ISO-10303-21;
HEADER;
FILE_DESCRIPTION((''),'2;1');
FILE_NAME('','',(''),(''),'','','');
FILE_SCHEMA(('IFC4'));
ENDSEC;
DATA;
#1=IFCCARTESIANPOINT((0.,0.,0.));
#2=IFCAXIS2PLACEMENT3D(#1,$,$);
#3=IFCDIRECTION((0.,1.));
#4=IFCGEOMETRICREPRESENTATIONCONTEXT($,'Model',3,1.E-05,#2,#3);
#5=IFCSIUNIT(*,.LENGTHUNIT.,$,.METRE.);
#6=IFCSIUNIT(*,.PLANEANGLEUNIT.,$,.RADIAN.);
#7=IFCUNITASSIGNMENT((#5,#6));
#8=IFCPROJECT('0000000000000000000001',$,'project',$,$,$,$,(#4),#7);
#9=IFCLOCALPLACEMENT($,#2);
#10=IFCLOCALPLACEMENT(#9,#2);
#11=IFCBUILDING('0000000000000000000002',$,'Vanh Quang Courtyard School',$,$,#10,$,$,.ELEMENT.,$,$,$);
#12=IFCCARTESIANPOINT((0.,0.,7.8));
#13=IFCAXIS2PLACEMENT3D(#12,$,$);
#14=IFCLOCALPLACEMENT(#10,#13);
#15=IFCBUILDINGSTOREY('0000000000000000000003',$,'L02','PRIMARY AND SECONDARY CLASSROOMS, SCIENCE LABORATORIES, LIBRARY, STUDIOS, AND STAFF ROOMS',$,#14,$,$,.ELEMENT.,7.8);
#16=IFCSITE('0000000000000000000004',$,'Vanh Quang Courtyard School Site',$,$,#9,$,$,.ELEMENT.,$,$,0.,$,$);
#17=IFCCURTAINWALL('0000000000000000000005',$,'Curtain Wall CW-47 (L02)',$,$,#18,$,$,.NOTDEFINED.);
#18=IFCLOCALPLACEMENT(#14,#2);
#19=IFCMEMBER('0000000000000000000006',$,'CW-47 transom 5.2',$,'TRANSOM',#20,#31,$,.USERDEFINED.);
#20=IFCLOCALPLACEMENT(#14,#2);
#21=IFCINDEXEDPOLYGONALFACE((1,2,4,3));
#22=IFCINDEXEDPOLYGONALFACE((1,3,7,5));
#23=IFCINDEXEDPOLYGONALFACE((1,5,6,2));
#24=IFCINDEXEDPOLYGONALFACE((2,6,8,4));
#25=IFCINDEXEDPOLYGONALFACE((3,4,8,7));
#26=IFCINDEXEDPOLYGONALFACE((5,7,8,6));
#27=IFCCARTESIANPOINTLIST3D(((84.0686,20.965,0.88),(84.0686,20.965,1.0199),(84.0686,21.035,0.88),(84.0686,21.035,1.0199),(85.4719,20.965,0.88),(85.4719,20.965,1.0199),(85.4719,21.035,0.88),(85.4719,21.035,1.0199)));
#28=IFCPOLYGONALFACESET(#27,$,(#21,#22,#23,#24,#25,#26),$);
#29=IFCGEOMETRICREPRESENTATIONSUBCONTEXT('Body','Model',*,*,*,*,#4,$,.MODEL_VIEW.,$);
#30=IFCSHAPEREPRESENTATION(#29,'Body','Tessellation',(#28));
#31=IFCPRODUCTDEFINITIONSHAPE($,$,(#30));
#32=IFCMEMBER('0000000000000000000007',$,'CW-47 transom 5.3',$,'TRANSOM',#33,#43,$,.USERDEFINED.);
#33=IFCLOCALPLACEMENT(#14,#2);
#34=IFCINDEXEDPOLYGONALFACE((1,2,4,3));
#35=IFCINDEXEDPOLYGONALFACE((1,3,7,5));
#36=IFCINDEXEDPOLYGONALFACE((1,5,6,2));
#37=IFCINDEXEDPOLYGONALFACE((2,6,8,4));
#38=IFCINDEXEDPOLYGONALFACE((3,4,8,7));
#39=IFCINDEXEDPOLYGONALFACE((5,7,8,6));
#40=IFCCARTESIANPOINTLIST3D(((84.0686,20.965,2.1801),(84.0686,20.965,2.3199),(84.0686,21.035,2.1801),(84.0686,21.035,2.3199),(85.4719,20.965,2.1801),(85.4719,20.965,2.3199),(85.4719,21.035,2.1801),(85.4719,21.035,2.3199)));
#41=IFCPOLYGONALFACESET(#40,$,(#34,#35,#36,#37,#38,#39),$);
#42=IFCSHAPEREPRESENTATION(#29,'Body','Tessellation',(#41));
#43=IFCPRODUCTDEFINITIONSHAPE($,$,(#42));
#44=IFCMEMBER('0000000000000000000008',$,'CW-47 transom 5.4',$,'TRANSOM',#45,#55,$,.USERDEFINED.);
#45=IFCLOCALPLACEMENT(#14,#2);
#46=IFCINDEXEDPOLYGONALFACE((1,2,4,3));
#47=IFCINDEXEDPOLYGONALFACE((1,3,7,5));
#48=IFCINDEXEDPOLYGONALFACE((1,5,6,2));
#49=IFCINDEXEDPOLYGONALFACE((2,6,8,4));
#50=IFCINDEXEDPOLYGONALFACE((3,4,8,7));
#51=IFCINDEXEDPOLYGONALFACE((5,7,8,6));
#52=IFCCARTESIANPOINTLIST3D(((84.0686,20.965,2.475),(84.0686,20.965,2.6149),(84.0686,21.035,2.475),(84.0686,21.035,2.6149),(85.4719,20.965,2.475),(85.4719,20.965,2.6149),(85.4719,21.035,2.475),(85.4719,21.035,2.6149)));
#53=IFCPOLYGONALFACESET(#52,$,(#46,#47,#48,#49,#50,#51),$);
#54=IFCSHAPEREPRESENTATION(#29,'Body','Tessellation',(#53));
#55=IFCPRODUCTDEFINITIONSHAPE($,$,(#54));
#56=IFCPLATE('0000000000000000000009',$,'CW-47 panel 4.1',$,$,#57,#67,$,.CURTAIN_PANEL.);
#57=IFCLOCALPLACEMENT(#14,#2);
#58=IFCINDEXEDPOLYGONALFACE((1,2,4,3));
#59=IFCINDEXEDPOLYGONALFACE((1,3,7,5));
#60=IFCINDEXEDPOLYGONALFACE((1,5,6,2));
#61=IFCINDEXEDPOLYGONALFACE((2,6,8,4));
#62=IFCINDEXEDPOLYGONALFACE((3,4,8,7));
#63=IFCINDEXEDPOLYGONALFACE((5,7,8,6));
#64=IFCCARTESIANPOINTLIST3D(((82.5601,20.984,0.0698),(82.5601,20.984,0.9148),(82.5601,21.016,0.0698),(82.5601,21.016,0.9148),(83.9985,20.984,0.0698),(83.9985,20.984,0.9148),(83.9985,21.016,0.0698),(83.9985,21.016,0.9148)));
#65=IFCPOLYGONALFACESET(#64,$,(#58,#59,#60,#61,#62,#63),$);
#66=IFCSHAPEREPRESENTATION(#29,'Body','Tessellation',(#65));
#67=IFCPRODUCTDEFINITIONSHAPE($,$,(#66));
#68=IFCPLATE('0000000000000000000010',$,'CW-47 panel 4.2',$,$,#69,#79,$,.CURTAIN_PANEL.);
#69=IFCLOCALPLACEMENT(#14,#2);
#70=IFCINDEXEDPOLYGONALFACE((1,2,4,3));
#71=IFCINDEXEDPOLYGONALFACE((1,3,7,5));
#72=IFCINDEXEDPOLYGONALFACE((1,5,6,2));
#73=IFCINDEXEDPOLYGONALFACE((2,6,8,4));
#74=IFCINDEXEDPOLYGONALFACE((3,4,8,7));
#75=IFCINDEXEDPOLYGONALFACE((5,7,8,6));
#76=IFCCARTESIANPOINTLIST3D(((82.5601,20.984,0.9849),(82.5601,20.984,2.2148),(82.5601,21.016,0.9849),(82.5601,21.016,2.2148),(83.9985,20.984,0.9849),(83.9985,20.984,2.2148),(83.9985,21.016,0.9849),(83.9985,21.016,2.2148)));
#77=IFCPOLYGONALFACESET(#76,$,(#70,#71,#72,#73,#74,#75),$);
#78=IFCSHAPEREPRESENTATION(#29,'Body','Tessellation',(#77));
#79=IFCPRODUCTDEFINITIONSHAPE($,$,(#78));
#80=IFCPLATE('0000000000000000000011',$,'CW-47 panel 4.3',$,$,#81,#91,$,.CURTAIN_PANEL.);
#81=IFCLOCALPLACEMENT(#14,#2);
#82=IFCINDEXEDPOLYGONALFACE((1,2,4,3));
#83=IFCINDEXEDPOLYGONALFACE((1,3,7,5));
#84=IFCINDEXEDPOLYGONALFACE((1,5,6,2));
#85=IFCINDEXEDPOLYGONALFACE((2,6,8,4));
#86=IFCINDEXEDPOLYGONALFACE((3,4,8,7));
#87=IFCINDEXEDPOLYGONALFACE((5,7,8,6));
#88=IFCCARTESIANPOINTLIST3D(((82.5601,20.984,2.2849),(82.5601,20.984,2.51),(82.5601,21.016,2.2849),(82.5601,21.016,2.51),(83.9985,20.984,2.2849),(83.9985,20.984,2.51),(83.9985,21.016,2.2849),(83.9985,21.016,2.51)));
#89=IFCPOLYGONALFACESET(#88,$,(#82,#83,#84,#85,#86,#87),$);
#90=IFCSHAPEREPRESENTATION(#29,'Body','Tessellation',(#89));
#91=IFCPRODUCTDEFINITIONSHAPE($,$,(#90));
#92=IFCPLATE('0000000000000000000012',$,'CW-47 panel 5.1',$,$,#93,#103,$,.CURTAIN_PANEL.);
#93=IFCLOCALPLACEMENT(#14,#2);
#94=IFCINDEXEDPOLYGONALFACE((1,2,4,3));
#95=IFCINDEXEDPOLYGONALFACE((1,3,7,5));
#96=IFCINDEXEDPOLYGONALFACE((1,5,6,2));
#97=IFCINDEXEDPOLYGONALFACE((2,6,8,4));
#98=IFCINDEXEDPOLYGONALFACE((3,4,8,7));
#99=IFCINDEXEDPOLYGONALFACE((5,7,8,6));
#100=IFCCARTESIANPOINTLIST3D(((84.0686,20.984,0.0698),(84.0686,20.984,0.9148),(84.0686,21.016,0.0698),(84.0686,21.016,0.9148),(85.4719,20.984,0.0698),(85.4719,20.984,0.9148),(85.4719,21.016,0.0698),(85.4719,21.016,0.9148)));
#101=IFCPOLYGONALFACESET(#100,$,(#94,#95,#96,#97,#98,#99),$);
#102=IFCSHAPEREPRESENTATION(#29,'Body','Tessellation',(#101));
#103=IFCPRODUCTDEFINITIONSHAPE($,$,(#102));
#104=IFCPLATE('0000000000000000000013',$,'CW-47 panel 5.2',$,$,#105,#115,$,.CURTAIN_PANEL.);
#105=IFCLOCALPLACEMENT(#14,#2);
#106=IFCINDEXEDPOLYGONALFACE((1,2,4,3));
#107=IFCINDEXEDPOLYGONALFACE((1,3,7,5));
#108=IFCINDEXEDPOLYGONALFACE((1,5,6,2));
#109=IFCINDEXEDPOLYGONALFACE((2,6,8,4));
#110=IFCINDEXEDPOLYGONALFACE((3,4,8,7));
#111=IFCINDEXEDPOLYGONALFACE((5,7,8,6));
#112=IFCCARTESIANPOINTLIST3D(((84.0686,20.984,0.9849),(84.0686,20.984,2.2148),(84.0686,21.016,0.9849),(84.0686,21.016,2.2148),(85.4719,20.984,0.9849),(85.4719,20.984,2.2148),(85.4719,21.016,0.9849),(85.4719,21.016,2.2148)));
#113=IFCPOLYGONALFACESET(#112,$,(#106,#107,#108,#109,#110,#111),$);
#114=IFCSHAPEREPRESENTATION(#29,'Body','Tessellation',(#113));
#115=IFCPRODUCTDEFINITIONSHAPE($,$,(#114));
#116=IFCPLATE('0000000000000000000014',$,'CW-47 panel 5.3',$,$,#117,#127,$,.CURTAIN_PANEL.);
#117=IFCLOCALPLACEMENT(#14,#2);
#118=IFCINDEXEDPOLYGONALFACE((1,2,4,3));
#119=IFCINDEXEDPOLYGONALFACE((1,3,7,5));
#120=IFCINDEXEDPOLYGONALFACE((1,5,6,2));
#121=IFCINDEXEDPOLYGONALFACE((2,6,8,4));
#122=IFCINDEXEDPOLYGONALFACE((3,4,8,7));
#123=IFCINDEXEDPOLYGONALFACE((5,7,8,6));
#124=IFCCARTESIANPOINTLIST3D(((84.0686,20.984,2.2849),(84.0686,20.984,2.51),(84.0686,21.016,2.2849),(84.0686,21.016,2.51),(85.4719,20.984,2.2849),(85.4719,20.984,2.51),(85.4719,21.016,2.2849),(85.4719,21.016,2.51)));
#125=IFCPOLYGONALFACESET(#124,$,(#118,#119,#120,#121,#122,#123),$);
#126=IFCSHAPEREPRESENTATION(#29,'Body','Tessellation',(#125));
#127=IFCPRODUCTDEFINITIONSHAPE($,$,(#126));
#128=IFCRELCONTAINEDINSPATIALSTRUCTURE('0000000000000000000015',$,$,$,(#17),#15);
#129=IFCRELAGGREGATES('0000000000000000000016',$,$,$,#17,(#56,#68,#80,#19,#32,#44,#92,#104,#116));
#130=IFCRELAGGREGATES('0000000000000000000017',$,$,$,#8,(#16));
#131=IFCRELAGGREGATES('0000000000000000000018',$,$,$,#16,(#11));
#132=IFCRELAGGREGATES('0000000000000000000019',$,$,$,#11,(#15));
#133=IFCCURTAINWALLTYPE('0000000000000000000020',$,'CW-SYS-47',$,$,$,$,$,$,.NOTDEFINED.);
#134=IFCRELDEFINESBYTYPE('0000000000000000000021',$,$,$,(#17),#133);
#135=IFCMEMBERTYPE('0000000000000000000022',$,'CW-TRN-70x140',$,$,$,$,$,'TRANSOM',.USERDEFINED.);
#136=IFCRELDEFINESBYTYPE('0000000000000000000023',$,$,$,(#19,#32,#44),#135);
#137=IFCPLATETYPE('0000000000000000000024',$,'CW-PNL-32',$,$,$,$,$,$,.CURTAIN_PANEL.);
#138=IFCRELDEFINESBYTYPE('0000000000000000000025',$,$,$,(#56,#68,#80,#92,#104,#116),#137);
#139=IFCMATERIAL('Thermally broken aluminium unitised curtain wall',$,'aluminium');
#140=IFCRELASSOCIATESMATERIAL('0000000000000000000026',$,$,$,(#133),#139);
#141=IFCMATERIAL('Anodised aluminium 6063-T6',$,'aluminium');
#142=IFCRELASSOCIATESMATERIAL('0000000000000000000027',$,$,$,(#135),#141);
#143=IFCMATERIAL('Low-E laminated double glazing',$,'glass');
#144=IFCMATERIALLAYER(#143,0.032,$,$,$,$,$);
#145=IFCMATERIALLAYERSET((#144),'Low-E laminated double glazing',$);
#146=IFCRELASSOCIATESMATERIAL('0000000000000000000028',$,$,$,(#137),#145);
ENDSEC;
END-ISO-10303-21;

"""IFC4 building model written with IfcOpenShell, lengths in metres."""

from ifc_helpers import new_model, si_unit, direction, frame, origin, origin_2d, place, context, subcontext, project, spatial, rectangle, extrude, material, layer, layer_set, material_profile, profile_set, type_object, element, aggregate, save


model = new_model("IFC4")

# Units and contexts
model_context = context("Model", 3, precision=1e-05, world=origin(), true_north=direction((0.0, 1.0)))
body_context = subcontext(model_context, "Body", "Model", "MODEL_VIEW")
ifc_project = project(units=[si_unit("LENGTHUNIT", "METRE"), si_unit("PLANEANGLEUNIT", "RADIAN")], contexts=[model_context])

# Site, building, storey
site_placement = place(None, origin())
site = spatial("IfcSite", under=ifc_project, at=site_placement, Name="Vanh Quang Courtyard School Site", CompositionType="ELEMENT", RefElevation=0.0)
building_placement = place(site_placement, origin())
building = spatial("IfcBuilding", under=site, at=building_placement, Name="Vanh Quang Courtyard School", CompositionType="ELEMENT")
storey_placement = place(building_placement, frame((0.0, 0.0, 7.8)))
storey = spatial("IfcBuildingStorey", under=building, at=storey_placement, Name="L02", Description="PRIMARY AND SECONDARY CLASSROOMS, SCIENCE LABORATORIES, LIBRARY, STUDIOS, AND STAFF ROOMS", CompositionType="ELEMENT", Elevation=7.8)

# Shared definitions
ifc_material_1 = material(Name="Thermally broken aluminium unitised curtain wall", Category="aluminium")
curtain_wall_type = type_object("IfcCurtainWallType", Name="CW-SYS-47", PredefinedType="NOTDEFINED", material=ifc_material_1)
ifc_material_2 = material(Name="Anodised aluminium 6063-T6", Category="aluminium")

# Curtain wall
curtain_wall_1_placement = place(storey_placement, origin())
curtain_wall_1 = element("IfcCurtainWall", 1, at=curtain_wall_1_placement, inside=storey, type_object=curtain_wall_type, Name="Curtain Wall CW-47 (L02)", PredefinedType="NOTDEFINED")

# Members
ifc_material_profile_1 = material_profile(ifc_material_2, rectangle(XDim=0.0701, YDim=0.1399, at=origin_2d()), Name="ALU-TRN 70x140")
ifc_profile_set_1 = profile_set([ifc_material_profile_1], Name="Anodised aluminium 6063-T6")
member_type_1 = type_object("IfcMemberType", Name="CW-TRN-70x140", ElementType="TRANSOM", PredefinedType="USERDEFINED", material=ifc_profile_set_1)
member_1_placement = place(storey_placement, frame((84.0686, 21.0, 0.95), z_axis=(1.0, 0.0, 0.0), x_axis=(0.0, 1.0, 0.0)))
member_1 = element("IfcMember", 2, at=member_1_placement, type_object=member_type_1, Name="CW-47 transom 5.2", ObjectType="TRANSOM", PredefinedType="USERDEFINED", context=body_context, shape_type="SweptSolid", body=[
    extrude(rectangle(XDim=0.0701, YDim=0.1399, at=origin_2d()), origin(), (0.0, 0.0, 1.0), 1.4033),
])
member_2_placement = place(storey_placement, frame((84.0686, 21.0, 2.25), z_axis=(1.0, 0.0, 0.0), x_axis=(0.0, 1.0, 0.0)))
member_2 = element("IfcMember", 3, at=member_2_placement, type_object=member_type_1, Name="CW-47 transom 5.3", ObjectType="TRANSOM", PredefinedType="USERDEFINED", context=body_context, shape_type="SweptSolid", body=[
    extrude(rectangle(XDim=0.0701, YDim=0.1399, at=origin_2d()), origin(), (0.0, 0.0, 1.0), 1.4033),
])
member_3_placement = place(storey_placement, frame((84.0686, 21.0, 2.5449), z_axis=(1.0, 0.0, 0.0), x_axis=(0.0, 1.0, 0.0)))
member_3 = element("IfcMember", 4, at=member_3_placement, type_object=member_type_1, Name="CW-47 transom 5.4", ObjectType="TRANSOM", PredefinedType="USERDEFINED", context=body_context, shape_type="SweptSolid", body=[
    extrude(rectangle(XDim=0.0701, YDim=0.1399, at=origin_2d()), origin(), (0.0, 0.0, 1.0), 1.4033),
])

# Plates
ifc_material_3 = material(Name="Low-E laminated double glazing", Category="glass")
ifc_layer = layer(ifc_material_3, 0.032)
ifc_layer_set = layer_set([ifc_layer], Name="Low-E laminated double glazing")
plate_type = type_object("IfcPlateType", Name="CW-PNL-32", PredefinedType="CURTAIN_PANEL", material=ifc_layer_set)
plate_1_placement = place(storey_placement, frame((83.2793, 21.0, 0.0698), z_axis=(0.0, 0.0, 1.0), x_axis=(1.0, 0.0, 0.0)))
plate_1 = element("IfcPlate", 5, at=plate_1_placement, type_object=plate_type, Name="CW-47 panel 4.1", PredefinedType="CURTAIN_PANEL", context=body_context, shape_type="SweptSolid", body=[
    extrude(rectangle(XDim=1.4385, YDim=0.032, at=origin_2d()), origin(), (0.0, 0.0, 1.0), 0.845),
])
plate_2_placement = place(storey_placement, frame((83.2793, 21.0, 0.9849), z_axis=(0.0, 0.0, 1.0), x_axis=(1.0, 0.0, 0.0)))
plate_2 = element("IfcPlate", 6, at=plate_2_placement, type_object=plate_type, Name="CW-47 panel 4.2", PredefinedType="CURTAIN_PANEL", context=body_context, shape_type="SweptSolid", body=[
    extrude(rectangle(XDim=1.4385, YDim=0.032, at=origin_2d()), origin(), (0.0, 0.0, 1.0), 1.23),
])
plate_3_placement = place(storey_placement, frame((83.2793, 21.0, 2.2849), z_axis=(0.0, 0.0, 1.0), x_axis=(1.0, 0.0, 0.0)))
plate_3 = element("IfcPlate", 7, at=plate_3_placement, type_object=plate_type, Name="CW-47 panel 4.3", PredefinedType="CURTAIN_PANEL", context=body_context, shape_type="SweptSolid", body=[
    extrude(rectangle(XDim=1.4385, YDim=0.032, at=origin_2d()), origin(), (0.0, 0.0, 1.0), 0.2251),
])
plate_4_placement = place(storey_placement, frame((84.7703, 21.0, 0.0698), z_axis=(0.0, 0.0, 1.0), x_axis=(1.0, 0.0, 0.0)))
plate_4 = element("IfcPlate", 8, at=plate_4_placement, type_object=plate_type, Name="CW-47 panel 5.1", PredefinedType="CURTAIN_PANEL", context=body_context, shape_type="SweptSolid", body=[
    extrude(rectangle(XDim=1.4033, YDim=0.032, at=origin_2d()), origin(), (0.0, 0.0, 1.0), 0.845),
])
plate_5_placement = place(storey_placement, frame((84.7703, 21.0, 0.9849), z_axis=(0.0, 0.0, 1.0), x_axis=(1.0, 0.0, 0.0)))
plate_5 = element("IfcPlate", 9, at=plate_5_placement, type_object=plate_type, Name="CW-47 panel 5.2", PredefinedType="CURTAIN_PANEL", context=body_context, shape_type="SweptSolid", body=[
    extrude(rectangle(XDim=1.4033, YDim=0.032, at=origin_2d()), origin(), (0.0, 0.0, 1.0), 1.23),
])
plate_6_placement = place(storey_placement, frame((84.7703, 21.0, 2.2849), z_axis=(0.0, 0.0, 1.0), x_axis=(1.0, 0.0, 0.0)))
plate_6 = element("IfcPlate", 10, at=plate_6_placement, type_object=plate_type, Name="CW-47 panel 5.3", PredefinedType="CURTAIN_PANEL", context=body_context, shape_type="SweptSolid", body=[
    extrude(rectangle(XDim=1.4033, YDim=0.032, at=origin_2d()), origin(), (0.0, 0.0, 1.0), 0.2251),
])
aggregate(curtain_wall_1, [plate_1, plate_2, plate_3, member_1, member_2, member_3, plate_4, plate_5, plate_6])

save(model, "model.ifc")
